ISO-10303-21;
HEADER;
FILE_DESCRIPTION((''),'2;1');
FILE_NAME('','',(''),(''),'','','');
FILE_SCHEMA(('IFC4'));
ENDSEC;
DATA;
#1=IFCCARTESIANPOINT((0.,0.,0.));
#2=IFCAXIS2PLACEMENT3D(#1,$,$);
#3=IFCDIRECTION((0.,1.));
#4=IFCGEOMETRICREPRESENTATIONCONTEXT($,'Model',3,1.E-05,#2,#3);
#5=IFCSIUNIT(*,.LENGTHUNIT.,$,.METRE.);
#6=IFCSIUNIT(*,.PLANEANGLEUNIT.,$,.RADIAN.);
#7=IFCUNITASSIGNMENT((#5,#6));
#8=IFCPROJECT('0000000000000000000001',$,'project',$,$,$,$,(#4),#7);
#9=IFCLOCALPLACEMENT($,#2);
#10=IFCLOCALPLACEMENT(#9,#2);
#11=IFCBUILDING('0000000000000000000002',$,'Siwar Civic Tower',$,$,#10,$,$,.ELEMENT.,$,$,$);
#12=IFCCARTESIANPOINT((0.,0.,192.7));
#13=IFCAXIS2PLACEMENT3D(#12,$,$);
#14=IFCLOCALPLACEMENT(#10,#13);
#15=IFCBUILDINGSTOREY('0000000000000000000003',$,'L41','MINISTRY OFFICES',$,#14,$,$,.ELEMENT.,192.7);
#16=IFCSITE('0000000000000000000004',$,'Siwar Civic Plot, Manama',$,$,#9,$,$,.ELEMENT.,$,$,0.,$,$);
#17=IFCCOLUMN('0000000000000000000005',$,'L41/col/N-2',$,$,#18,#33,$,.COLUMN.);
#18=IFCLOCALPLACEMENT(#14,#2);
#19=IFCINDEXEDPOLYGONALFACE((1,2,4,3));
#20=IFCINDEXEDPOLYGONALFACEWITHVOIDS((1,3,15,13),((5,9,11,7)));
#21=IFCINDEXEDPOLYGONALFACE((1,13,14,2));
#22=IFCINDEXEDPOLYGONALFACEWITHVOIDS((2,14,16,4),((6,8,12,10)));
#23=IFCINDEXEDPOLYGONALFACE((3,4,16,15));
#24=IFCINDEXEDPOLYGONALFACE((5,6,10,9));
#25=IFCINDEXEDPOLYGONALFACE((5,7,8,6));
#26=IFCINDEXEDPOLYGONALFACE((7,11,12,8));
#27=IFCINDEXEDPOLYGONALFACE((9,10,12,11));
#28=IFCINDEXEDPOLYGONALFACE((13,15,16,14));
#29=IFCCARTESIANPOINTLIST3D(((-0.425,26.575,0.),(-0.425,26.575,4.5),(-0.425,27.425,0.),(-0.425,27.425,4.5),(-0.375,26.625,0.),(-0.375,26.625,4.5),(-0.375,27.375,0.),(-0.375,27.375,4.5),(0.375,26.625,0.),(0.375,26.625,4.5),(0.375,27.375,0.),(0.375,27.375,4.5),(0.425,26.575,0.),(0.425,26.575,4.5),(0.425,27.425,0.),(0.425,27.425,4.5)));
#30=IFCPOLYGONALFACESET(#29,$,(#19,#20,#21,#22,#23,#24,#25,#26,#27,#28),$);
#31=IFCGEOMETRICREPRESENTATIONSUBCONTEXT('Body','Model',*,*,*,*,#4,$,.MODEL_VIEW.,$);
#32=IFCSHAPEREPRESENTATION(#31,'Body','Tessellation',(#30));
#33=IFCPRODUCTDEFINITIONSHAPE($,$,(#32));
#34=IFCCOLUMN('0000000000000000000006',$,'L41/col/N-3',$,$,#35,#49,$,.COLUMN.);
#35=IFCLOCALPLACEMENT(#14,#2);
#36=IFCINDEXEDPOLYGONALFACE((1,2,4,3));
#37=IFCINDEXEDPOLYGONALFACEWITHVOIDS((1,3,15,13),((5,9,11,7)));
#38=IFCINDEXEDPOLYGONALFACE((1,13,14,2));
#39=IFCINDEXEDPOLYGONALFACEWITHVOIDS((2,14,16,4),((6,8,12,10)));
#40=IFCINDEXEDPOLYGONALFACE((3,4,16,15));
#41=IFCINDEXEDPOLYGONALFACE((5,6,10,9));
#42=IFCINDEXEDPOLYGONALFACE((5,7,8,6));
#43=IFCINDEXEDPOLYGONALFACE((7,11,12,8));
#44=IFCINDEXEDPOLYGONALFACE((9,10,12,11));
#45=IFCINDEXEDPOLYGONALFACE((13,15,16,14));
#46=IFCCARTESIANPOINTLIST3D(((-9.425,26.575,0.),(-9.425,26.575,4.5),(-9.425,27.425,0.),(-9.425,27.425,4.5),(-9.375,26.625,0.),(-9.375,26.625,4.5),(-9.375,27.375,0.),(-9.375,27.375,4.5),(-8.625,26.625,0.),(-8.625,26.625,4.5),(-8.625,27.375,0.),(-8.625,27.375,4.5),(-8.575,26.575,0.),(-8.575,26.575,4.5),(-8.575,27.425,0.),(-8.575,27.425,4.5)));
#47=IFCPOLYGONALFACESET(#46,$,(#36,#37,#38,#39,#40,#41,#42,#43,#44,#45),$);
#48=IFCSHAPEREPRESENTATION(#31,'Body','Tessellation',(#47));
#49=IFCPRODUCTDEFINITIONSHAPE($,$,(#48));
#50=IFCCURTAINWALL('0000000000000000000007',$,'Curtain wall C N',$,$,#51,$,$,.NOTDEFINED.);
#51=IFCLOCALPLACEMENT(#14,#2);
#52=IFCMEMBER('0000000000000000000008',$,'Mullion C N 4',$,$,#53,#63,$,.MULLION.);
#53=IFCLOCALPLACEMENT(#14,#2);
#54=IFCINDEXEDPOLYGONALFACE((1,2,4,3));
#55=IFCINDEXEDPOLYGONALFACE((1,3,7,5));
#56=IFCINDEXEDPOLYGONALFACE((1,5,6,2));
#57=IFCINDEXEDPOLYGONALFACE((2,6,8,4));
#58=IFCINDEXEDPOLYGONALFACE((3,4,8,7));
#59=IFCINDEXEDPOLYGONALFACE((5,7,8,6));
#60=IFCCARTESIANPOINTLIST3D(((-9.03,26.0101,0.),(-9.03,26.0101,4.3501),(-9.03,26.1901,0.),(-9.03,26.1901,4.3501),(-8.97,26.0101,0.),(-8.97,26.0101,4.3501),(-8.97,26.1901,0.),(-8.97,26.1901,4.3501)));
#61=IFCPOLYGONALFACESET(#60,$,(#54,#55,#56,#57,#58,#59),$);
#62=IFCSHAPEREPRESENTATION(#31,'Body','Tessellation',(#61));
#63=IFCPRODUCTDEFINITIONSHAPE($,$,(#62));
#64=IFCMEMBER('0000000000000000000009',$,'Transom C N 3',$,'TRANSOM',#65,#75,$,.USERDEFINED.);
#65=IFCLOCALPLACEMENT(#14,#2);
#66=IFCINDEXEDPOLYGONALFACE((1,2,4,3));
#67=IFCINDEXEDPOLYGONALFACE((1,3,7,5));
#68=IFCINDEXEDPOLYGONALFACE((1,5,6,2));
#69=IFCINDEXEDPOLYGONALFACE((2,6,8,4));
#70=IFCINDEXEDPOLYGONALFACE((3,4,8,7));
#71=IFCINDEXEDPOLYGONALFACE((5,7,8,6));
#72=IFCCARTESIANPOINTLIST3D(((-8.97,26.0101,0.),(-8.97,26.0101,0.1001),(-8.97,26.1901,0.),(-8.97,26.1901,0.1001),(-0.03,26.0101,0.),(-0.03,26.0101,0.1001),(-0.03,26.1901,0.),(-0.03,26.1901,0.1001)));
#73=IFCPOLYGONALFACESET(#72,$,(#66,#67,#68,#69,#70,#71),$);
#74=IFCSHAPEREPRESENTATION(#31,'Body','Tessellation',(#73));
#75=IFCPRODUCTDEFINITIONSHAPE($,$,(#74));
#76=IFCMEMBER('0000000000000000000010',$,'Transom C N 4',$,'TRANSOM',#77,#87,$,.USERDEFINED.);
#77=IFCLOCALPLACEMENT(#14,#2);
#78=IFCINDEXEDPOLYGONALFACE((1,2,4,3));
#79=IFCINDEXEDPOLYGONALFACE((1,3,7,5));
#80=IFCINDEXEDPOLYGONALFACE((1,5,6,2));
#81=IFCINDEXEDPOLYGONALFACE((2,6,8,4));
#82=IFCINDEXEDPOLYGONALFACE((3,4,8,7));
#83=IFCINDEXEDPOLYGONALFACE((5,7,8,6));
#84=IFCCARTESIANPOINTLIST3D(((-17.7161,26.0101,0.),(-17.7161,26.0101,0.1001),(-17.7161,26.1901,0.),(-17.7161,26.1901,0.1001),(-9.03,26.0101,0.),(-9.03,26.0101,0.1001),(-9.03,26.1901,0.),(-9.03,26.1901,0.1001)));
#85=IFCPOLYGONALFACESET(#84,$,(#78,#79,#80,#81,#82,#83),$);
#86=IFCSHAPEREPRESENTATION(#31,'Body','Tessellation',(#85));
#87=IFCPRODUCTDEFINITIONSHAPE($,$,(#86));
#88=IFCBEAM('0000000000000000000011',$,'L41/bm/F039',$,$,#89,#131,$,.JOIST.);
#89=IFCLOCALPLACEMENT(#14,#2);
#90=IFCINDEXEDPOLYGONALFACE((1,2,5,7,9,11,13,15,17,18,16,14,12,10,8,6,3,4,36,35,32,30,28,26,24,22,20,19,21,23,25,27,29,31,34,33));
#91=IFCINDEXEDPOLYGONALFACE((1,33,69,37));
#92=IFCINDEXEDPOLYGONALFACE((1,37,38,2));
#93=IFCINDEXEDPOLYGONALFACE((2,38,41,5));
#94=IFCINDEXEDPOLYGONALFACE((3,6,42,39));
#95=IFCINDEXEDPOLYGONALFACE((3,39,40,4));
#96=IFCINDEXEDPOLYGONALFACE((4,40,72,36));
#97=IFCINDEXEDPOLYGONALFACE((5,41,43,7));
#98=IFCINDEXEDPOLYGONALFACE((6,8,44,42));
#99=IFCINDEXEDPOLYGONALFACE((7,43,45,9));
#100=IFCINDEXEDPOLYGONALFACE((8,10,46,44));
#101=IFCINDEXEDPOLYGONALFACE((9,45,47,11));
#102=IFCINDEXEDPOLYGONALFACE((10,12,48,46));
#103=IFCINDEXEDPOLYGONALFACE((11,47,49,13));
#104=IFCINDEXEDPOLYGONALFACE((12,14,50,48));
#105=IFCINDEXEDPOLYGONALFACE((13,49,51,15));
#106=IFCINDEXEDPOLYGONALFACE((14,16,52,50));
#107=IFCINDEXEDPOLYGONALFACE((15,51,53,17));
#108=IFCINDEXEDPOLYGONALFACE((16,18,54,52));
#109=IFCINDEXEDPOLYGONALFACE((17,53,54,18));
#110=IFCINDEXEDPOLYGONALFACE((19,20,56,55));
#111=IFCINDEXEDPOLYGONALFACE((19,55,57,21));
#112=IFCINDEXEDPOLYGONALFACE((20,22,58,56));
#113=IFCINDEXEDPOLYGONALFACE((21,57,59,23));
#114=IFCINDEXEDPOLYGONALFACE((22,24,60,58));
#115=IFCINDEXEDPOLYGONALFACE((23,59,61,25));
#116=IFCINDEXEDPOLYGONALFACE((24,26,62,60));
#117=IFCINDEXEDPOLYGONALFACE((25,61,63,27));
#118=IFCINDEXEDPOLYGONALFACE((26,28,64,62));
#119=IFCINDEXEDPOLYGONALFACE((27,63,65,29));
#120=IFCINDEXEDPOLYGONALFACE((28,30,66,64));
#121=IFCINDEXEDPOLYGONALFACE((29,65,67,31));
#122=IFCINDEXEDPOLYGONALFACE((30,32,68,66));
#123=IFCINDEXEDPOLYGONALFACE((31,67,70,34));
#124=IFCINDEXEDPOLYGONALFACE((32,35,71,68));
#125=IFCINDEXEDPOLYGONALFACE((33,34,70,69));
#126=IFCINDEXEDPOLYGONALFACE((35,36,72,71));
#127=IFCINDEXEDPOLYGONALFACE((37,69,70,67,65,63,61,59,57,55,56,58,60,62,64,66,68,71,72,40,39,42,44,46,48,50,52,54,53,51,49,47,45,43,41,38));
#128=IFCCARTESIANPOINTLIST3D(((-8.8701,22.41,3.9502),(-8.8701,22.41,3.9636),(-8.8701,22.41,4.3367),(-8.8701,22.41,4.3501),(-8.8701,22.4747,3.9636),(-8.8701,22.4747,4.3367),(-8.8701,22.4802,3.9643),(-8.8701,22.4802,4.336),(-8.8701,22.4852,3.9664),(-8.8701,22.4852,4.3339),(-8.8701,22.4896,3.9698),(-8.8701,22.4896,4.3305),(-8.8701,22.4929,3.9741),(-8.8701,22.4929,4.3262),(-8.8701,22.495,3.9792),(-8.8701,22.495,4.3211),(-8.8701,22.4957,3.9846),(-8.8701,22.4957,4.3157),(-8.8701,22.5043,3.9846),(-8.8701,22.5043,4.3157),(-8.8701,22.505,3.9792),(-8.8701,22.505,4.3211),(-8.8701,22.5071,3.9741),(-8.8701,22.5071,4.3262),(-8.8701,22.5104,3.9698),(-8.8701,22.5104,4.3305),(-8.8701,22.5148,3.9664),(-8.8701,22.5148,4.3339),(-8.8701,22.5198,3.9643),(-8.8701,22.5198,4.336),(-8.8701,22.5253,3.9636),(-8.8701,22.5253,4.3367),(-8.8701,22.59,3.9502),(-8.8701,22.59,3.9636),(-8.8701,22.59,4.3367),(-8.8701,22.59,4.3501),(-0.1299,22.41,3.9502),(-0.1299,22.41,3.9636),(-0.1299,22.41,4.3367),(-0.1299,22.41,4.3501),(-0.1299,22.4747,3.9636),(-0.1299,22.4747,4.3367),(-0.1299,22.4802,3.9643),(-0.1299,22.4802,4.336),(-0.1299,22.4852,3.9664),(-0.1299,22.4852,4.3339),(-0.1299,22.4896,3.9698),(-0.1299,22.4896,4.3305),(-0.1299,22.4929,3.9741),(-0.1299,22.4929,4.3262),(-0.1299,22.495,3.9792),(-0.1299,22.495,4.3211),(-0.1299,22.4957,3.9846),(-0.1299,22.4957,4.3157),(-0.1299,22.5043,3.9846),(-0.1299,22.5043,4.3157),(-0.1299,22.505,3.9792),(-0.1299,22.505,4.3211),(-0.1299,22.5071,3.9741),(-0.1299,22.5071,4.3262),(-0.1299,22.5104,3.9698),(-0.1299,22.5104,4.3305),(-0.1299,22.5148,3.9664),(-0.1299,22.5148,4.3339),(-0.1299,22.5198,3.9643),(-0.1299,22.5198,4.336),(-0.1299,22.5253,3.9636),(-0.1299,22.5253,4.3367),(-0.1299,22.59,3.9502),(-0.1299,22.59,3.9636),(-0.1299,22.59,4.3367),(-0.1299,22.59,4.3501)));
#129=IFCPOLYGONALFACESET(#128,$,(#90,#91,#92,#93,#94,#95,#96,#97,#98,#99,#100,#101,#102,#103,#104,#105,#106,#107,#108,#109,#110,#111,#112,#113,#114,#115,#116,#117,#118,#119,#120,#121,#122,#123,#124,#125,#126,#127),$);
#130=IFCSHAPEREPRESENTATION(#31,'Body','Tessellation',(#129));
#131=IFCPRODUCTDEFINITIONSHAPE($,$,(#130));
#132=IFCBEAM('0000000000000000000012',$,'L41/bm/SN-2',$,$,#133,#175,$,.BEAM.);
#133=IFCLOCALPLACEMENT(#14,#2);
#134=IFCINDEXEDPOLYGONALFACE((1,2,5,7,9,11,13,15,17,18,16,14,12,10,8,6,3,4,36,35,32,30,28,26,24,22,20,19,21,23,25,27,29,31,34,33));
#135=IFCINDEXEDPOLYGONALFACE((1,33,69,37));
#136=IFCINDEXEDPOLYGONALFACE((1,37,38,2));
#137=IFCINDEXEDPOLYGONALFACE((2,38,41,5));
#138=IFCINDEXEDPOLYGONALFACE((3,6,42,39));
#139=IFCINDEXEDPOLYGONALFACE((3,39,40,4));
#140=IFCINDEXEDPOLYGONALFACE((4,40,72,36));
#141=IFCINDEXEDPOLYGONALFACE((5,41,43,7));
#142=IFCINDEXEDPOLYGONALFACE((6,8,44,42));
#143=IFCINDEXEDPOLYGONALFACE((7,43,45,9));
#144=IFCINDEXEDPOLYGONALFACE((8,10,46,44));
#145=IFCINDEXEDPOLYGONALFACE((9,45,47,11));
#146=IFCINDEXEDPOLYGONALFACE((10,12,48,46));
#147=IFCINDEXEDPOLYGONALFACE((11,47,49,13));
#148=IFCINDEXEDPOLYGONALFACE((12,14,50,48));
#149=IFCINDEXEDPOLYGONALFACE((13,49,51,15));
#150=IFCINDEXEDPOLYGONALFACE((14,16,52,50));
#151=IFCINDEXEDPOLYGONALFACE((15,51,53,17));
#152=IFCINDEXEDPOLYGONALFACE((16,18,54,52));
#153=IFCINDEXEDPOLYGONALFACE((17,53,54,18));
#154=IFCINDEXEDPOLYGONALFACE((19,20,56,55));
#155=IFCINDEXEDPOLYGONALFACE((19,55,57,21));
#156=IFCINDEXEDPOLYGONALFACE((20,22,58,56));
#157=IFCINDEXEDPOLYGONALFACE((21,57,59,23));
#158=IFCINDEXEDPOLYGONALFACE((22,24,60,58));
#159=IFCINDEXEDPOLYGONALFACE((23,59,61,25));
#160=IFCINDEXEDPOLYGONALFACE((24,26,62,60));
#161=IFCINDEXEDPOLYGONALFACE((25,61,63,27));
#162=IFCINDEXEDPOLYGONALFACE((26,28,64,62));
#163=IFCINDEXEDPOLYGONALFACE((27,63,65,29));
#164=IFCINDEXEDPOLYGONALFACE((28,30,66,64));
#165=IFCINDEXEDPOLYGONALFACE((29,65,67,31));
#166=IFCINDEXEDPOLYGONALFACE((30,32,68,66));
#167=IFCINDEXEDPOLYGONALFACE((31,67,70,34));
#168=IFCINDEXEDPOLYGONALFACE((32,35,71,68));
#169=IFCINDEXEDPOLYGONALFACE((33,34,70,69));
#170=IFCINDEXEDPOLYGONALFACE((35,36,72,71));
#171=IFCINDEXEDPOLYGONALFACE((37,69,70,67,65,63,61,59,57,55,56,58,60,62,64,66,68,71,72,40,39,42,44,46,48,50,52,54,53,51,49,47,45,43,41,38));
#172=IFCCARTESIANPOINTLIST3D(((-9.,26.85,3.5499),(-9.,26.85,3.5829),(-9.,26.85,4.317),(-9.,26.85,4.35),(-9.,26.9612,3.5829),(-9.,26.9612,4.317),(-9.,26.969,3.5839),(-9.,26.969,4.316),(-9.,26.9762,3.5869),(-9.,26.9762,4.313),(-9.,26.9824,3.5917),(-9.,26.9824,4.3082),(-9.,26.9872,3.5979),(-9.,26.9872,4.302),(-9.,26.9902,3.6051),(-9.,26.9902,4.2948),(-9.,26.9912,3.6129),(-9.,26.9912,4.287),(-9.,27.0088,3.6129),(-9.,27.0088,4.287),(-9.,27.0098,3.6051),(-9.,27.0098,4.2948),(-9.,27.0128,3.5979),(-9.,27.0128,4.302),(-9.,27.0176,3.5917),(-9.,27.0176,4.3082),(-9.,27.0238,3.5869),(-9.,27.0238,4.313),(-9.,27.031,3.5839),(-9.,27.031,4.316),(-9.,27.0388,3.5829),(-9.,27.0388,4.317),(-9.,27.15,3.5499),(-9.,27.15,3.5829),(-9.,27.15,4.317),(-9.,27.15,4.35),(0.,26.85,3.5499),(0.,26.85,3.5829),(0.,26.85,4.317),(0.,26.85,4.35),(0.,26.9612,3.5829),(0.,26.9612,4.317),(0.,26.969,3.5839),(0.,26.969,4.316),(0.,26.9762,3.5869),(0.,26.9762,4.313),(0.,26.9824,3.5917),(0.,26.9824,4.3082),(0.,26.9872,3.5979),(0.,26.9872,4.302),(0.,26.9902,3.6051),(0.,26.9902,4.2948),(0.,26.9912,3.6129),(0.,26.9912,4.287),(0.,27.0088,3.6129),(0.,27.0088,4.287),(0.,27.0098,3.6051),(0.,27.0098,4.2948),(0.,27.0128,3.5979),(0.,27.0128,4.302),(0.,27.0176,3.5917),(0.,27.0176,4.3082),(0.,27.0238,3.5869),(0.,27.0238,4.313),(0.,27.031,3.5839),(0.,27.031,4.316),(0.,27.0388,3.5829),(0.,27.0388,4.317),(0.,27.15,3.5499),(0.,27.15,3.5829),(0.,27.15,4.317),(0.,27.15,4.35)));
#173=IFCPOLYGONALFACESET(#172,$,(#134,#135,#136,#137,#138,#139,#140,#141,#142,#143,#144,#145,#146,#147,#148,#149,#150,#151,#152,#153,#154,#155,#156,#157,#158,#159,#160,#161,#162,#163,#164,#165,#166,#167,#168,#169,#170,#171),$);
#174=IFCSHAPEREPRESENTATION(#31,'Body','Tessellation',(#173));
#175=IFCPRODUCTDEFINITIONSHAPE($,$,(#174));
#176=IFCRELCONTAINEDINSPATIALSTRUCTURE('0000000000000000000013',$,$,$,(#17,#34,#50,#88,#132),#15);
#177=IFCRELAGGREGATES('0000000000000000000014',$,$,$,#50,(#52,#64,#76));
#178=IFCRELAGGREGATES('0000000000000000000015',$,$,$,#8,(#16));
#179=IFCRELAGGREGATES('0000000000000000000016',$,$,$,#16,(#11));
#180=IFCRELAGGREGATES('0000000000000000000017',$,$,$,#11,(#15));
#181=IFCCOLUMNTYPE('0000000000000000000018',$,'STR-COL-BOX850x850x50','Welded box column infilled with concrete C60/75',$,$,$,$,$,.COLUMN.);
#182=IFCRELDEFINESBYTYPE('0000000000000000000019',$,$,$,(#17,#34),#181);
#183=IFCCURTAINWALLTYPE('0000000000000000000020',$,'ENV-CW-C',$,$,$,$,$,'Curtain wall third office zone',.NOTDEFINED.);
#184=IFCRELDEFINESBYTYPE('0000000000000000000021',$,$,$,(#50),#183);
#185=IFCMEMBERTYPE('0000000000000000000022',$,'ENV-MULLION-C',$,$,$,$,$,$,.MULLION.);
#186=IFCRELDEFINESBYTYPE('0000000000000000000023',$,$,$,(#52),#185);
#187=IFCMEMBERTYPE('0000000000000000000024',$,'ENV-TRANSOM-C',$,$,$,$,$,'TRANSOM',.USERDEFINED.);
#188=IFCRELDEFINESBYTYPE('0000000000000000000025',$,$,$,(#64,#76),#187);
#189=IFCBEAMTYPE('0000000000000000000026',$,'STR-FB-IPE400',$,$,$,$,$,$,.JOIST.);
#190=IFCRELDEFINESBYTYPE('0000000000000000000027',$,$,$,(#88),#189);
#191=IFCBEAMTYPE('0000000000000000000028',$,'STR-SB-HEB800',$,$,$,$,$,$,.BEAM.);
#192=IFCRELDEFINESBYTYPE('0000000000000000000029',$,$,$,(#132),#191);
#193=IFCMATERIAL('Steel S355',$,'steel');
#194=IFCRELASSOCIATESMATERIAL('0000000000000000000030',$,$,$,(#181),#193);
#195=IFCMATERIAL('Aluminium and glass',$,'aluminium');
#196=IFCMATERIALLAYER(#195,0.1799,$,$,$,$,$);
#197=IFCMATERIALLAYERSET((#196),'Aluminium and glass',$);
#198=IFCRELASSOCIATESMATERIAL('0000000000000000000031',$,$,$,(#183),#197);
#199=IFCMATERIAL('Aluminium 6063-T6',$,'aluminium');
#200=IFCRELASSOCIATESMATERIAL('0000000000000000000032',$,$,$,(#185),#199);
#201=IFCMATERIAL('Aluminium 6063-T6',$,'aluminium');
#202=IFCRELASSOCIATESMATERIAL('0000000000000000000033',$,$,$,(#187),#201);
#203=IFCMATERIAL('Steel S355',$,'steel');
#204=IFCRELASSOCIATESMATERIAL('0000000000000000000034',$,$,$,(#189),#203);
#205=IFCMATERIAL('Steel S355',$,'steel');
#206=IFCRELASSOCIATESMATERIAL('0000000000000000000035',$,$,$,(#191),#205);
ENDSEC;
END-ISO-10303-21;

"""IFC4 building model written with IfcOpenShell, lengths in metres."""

from ifc_helpers import new_model, si_unit, direction, frame, origin, origin_2d, place, context, subcontext, project, spatial, rectangle, hollow_rectangle, i_section, extrude, material, layer, layer_set, material_profile, profile_set, type_object, element, aggregate, save


model = new_model("IFC4")

# Units and contexts
model_context = context("Model", 3, precision=1e-05, world=origin(), true_north=direction((0.0, 1.0)))
body_context = subcontext(model_context, "Body", "Model", "MODEL_VIEW")
ifc_project = project(units=[si_unit("LENGTHUNIT", "METRE"), si_unit("PLANEANGLEUNIT", "RADIAN")], contexts=[model_context])

# Site, building, storey
site_placement = place(None, origin())
site = spatial("IfcSite", under=ifc_project, at=site_placement, Name="Siwar Civic Plot, Manama", CompositionType="ELEMENT", RefElevation=0.0)
building_placement = place(site_placement, origin())
building = spatial("IfcBuilding", under=site, at=building_placement, Name="Siwar Civic Tower", CompositionType="ELEMENT")
storey_placement = place(building_placement, frame((0.0, 0.0, 192.7)))
storey = spatial("IfcBuildingStorey", under=building, at=storey_placement, Name="L41", Description="MINISTRY OFFICES", CompositionType="ELEMENT", Elevation=192.7)

# Columns
ifc_material_1 = material(Name="Steel S355", Category="steel")
ifc_material_profile_1 = material_profile(ifc_material_1, hollow_rectangle(XDim=0.8501, YDim=0.8501, WallThickness=0.05, at=origin_2d()), Name="BOX850x850x50")
ifc_profile_set_1 = profile_set([ifc_material_profile_1], Name="Steel S355")
column_type = type_object("IfcColumnType", Name="STR-COL-BOX850x850x50", Description="Welded box column infilled with concrete C60/75", PredefinedType="COLUMN", material=ifc_profile_set_1)
for number, where, z_axis, x_axis, name in (
    (1, (0.0, 27.0, 0.0), (0.0, 0.0, 1.0), (1.0, 0.0, 0.0), "L41/col/N-2"),
    (2, (-9.0, 27.0, 0.0), (0.0, 0.0, 1.0), (1.0, 0.0, 0.0), "L41/col/N-3"),
):
    element("IfcColumn", number, at=place(storey_placement, frame(where, z_axis=z_axis, x_axis=x_axis)), inside=storey, type_object=column_type, Name=name, PredefinedType="COLUMN", context=body_context, shape_type="SweptSolid", body=[
        extrude(hollow_rectangle(XDim=0.8501, YDim=0.8501, WallThickness=0.05, at=origin_2d()), origin(), (0.0, 0.0, 1.0), 4.5),
    ])

# Curtain wall, members
ifc_material_2 = material(Name="Aluminium and glass", Category="aluminium")
ifc_layer_1 = layer(ifc_material_2, 0.1799)
ifc_layer_set_1 = layer_set([ifc_layer_1], Name="Aluminium and glass")
curtain_wall_type = type_object("IfcCurtainWallType", Name="ENV-CW-C", ElementType="Curtain wall third office zone", PredefinedType="NOTDEFINED", material=ifc_layer_set_1)
curtain_wall_placement = place(storey_placement, origin())
curtain_wall = element("IfcCurtainWall", 3, at=curtain_wall_placement, inside=storey, type_object=curtain_wall_type, Name="Curtain wall C N", PredefinedType="NOTDEFINED")
ifc_material_3 = material(Name="Aluminium 6063-T6", Category="aluminium")
ifc_material_profile_2 = material_profile(ifc_material_3, rectangle(XDim=0.1799, YDim=0.0601, at=origin_2d()), Name="AL 180x60")
ifc_profile_set_2 = profile_set([ifc_material_profile_2], Name="Aluminium 6063-T6")
member_type_1 = type_object("IfcMemberType", Name="ENV-MULLION-C", PredefinedType="MULLION", material=ifc_profile_set_2)
member_1_placement = place(storey_placement, frame((-9.0, 26.1001, 0.0), z_axis=(0.0, 0.0, 1.0), x_axis=(0.0, -1.0, 0.0)))
member_1 = element("IfcMember", 4, at=member_1_placement, type_object=member_type_1, Name="Mullion C N 4", PredefinedType="MULLION", context=body_context, shape_type="SweptSolid", body=[
    extrude(rectangle(XDim=0.1799, YDim=0.0601, at=origin_2d()), origin(), (0.0, 0.0, 1.0), 4.3501),
])
ifc_material_4 = material(Name="Aluminium 6063-T6", Category="aluminium")
ifc_material_profile_3 = material_profile(ifc_material_4, rectangle(XDim=0.1799, YDim=0.1001, at=origin_2d()), Name="AL 180x100")
ifc_profile_set_3 = profile_set([ifc_material_profile_3], Name="Aluminium 6063-T6")
member_type_2 = type_object("IfcMemberType", Name="ENV-TRANSOM-C", ElementType="TRANSOM", PredefinedType="USERDEFINED", material=ifc_profile_set_3)
member_2_placement = place(storey_placement, frame((-0.03, 26.1001, 0.05), z_axis=(-1.0, 0.0, 0.0), x_axis=(0.0, -1.0, 0.0)))
member_2 = element("IfcMember", 5, at=member_2_placement, type_object=member_type_2, Name="Transom C N 3", ObjectType="TRANSOM", PredefinedType="USERDEFINED", context=body_context, shape_type="SweptSolid", body=[
    extrude(rectangle(XDim=0.1799, YDim=0.1001, at=origin_2d()), origin(), (0.0, 0.0, 1.0), 8.9399),
])
member_3_placement = place(storey_placement, frame((-9.03, 26.1001, 0.05), z_axis=(-1.0, 0.0, 0.0), x_axis=(0.0, -1.0, 0.0)))
member_3 = element("IfcMember", 6, at=member_3_placement, type_object=member_type_2, Name="Transom C N 4", ObjectType="TRANSOM", PredefinedType="USERDEFINED", context=body_context, shape_type="SweptSolid", body=[
    extrude(rectangle(XDim=0.1799, YDim=0.1001, at=origin_2d()), origin(), (0.0, 0.0, 1.0), 8.686),
])

# Beams
ifc_material_5 = material(Name="Steel S355", Category="steel")
ifc_material_profile_4 = material_profile(ifc_material_5, i_section(OverallWidth=0.1799, OverallDepth=0.3999, WebThickness=0.0085, FlangeThickness=0.0134, FilletRadius=0.021, at=origin_2d()), Name="IPE400")
ifc_profile_set_4 = profile_set([ifc_material_profile_4], Name="Steel S355")
beam_type_1 = type_object("IfcBeamType", Name="STR-FB-IPE400", PredefinedType="JOIST", material=ifc_profile_set_4)
beam_placement = place(storey_placement, frame((-8.8701, 22.5, 4.1501), z_axis=(1.0, 0.0, 0.0), x_axis=(0.0, 1.0, 0.0)))
element("IfcBeam", 7, at=beam_placement, inside=storey, type_object=beam_type_1, Name="L41/bm/F039", PredefinedType="JOIST", context=body_context, shape_type="SweptSolid", body=[
    extrude(i_section(OverallWidth=0.1799, OverallDepth=0.3999, WebThickness=0.0085, FlangeThickness=0.0134, FilletRadius=0.021, at=origin_2d()), origin(), (0.0, 0.0, 1.0), 8.7402),
])
ifc_material_6 = material(Name="Steel S355", Category="steel")
ifc_material_profile_5 = material_profile(ifc_material_6, i_section(OverallWidth=0.3, OverallDepth=0.8, WebThickness=0.0176, FlangeThickness=0.033, FilletRadius=0.03, at=origin_2d()), Name="HEB800")
ifc_profile_set_5 = profile_set([ifc_material_profile_5], Name="Steel S355")
beam_type_2 = type_object("IfcBeamType", Name="STR-SB-HEB800", PredefinedType="BEAM", material=ifc_profile_set_5)
for number, where, z_axis, x_axis, name in (
    (8, (0.0, 27.0, 3.95), (-1.0, 0.0, 0.0), (0.0, -1.0, 0.0), "L41/bm/SN-2"),
):
    element("IfcBeam", number, at=place(storey_placement, frame(where, z_axis=z_axis, x_axis=x_axis)), inside=storey, type_object=beam_type_2, Name=name, PredefinedType="BEAM", context=body_context, shape_type="SweptSolid", body=[
        extrude(i_section(OverallWidth=0.3, OverallDepth=0.8, WebThickness=0.0176, FlangeThickness=0.033, FilletRadius=0.03, at=origin_2d()), origin(), (0.0, 0.0, 1.0), 9.0),
    ])

aggregate(curtain_wall, [member_1, member_2, member_3])

save(model, "model.ifc")
